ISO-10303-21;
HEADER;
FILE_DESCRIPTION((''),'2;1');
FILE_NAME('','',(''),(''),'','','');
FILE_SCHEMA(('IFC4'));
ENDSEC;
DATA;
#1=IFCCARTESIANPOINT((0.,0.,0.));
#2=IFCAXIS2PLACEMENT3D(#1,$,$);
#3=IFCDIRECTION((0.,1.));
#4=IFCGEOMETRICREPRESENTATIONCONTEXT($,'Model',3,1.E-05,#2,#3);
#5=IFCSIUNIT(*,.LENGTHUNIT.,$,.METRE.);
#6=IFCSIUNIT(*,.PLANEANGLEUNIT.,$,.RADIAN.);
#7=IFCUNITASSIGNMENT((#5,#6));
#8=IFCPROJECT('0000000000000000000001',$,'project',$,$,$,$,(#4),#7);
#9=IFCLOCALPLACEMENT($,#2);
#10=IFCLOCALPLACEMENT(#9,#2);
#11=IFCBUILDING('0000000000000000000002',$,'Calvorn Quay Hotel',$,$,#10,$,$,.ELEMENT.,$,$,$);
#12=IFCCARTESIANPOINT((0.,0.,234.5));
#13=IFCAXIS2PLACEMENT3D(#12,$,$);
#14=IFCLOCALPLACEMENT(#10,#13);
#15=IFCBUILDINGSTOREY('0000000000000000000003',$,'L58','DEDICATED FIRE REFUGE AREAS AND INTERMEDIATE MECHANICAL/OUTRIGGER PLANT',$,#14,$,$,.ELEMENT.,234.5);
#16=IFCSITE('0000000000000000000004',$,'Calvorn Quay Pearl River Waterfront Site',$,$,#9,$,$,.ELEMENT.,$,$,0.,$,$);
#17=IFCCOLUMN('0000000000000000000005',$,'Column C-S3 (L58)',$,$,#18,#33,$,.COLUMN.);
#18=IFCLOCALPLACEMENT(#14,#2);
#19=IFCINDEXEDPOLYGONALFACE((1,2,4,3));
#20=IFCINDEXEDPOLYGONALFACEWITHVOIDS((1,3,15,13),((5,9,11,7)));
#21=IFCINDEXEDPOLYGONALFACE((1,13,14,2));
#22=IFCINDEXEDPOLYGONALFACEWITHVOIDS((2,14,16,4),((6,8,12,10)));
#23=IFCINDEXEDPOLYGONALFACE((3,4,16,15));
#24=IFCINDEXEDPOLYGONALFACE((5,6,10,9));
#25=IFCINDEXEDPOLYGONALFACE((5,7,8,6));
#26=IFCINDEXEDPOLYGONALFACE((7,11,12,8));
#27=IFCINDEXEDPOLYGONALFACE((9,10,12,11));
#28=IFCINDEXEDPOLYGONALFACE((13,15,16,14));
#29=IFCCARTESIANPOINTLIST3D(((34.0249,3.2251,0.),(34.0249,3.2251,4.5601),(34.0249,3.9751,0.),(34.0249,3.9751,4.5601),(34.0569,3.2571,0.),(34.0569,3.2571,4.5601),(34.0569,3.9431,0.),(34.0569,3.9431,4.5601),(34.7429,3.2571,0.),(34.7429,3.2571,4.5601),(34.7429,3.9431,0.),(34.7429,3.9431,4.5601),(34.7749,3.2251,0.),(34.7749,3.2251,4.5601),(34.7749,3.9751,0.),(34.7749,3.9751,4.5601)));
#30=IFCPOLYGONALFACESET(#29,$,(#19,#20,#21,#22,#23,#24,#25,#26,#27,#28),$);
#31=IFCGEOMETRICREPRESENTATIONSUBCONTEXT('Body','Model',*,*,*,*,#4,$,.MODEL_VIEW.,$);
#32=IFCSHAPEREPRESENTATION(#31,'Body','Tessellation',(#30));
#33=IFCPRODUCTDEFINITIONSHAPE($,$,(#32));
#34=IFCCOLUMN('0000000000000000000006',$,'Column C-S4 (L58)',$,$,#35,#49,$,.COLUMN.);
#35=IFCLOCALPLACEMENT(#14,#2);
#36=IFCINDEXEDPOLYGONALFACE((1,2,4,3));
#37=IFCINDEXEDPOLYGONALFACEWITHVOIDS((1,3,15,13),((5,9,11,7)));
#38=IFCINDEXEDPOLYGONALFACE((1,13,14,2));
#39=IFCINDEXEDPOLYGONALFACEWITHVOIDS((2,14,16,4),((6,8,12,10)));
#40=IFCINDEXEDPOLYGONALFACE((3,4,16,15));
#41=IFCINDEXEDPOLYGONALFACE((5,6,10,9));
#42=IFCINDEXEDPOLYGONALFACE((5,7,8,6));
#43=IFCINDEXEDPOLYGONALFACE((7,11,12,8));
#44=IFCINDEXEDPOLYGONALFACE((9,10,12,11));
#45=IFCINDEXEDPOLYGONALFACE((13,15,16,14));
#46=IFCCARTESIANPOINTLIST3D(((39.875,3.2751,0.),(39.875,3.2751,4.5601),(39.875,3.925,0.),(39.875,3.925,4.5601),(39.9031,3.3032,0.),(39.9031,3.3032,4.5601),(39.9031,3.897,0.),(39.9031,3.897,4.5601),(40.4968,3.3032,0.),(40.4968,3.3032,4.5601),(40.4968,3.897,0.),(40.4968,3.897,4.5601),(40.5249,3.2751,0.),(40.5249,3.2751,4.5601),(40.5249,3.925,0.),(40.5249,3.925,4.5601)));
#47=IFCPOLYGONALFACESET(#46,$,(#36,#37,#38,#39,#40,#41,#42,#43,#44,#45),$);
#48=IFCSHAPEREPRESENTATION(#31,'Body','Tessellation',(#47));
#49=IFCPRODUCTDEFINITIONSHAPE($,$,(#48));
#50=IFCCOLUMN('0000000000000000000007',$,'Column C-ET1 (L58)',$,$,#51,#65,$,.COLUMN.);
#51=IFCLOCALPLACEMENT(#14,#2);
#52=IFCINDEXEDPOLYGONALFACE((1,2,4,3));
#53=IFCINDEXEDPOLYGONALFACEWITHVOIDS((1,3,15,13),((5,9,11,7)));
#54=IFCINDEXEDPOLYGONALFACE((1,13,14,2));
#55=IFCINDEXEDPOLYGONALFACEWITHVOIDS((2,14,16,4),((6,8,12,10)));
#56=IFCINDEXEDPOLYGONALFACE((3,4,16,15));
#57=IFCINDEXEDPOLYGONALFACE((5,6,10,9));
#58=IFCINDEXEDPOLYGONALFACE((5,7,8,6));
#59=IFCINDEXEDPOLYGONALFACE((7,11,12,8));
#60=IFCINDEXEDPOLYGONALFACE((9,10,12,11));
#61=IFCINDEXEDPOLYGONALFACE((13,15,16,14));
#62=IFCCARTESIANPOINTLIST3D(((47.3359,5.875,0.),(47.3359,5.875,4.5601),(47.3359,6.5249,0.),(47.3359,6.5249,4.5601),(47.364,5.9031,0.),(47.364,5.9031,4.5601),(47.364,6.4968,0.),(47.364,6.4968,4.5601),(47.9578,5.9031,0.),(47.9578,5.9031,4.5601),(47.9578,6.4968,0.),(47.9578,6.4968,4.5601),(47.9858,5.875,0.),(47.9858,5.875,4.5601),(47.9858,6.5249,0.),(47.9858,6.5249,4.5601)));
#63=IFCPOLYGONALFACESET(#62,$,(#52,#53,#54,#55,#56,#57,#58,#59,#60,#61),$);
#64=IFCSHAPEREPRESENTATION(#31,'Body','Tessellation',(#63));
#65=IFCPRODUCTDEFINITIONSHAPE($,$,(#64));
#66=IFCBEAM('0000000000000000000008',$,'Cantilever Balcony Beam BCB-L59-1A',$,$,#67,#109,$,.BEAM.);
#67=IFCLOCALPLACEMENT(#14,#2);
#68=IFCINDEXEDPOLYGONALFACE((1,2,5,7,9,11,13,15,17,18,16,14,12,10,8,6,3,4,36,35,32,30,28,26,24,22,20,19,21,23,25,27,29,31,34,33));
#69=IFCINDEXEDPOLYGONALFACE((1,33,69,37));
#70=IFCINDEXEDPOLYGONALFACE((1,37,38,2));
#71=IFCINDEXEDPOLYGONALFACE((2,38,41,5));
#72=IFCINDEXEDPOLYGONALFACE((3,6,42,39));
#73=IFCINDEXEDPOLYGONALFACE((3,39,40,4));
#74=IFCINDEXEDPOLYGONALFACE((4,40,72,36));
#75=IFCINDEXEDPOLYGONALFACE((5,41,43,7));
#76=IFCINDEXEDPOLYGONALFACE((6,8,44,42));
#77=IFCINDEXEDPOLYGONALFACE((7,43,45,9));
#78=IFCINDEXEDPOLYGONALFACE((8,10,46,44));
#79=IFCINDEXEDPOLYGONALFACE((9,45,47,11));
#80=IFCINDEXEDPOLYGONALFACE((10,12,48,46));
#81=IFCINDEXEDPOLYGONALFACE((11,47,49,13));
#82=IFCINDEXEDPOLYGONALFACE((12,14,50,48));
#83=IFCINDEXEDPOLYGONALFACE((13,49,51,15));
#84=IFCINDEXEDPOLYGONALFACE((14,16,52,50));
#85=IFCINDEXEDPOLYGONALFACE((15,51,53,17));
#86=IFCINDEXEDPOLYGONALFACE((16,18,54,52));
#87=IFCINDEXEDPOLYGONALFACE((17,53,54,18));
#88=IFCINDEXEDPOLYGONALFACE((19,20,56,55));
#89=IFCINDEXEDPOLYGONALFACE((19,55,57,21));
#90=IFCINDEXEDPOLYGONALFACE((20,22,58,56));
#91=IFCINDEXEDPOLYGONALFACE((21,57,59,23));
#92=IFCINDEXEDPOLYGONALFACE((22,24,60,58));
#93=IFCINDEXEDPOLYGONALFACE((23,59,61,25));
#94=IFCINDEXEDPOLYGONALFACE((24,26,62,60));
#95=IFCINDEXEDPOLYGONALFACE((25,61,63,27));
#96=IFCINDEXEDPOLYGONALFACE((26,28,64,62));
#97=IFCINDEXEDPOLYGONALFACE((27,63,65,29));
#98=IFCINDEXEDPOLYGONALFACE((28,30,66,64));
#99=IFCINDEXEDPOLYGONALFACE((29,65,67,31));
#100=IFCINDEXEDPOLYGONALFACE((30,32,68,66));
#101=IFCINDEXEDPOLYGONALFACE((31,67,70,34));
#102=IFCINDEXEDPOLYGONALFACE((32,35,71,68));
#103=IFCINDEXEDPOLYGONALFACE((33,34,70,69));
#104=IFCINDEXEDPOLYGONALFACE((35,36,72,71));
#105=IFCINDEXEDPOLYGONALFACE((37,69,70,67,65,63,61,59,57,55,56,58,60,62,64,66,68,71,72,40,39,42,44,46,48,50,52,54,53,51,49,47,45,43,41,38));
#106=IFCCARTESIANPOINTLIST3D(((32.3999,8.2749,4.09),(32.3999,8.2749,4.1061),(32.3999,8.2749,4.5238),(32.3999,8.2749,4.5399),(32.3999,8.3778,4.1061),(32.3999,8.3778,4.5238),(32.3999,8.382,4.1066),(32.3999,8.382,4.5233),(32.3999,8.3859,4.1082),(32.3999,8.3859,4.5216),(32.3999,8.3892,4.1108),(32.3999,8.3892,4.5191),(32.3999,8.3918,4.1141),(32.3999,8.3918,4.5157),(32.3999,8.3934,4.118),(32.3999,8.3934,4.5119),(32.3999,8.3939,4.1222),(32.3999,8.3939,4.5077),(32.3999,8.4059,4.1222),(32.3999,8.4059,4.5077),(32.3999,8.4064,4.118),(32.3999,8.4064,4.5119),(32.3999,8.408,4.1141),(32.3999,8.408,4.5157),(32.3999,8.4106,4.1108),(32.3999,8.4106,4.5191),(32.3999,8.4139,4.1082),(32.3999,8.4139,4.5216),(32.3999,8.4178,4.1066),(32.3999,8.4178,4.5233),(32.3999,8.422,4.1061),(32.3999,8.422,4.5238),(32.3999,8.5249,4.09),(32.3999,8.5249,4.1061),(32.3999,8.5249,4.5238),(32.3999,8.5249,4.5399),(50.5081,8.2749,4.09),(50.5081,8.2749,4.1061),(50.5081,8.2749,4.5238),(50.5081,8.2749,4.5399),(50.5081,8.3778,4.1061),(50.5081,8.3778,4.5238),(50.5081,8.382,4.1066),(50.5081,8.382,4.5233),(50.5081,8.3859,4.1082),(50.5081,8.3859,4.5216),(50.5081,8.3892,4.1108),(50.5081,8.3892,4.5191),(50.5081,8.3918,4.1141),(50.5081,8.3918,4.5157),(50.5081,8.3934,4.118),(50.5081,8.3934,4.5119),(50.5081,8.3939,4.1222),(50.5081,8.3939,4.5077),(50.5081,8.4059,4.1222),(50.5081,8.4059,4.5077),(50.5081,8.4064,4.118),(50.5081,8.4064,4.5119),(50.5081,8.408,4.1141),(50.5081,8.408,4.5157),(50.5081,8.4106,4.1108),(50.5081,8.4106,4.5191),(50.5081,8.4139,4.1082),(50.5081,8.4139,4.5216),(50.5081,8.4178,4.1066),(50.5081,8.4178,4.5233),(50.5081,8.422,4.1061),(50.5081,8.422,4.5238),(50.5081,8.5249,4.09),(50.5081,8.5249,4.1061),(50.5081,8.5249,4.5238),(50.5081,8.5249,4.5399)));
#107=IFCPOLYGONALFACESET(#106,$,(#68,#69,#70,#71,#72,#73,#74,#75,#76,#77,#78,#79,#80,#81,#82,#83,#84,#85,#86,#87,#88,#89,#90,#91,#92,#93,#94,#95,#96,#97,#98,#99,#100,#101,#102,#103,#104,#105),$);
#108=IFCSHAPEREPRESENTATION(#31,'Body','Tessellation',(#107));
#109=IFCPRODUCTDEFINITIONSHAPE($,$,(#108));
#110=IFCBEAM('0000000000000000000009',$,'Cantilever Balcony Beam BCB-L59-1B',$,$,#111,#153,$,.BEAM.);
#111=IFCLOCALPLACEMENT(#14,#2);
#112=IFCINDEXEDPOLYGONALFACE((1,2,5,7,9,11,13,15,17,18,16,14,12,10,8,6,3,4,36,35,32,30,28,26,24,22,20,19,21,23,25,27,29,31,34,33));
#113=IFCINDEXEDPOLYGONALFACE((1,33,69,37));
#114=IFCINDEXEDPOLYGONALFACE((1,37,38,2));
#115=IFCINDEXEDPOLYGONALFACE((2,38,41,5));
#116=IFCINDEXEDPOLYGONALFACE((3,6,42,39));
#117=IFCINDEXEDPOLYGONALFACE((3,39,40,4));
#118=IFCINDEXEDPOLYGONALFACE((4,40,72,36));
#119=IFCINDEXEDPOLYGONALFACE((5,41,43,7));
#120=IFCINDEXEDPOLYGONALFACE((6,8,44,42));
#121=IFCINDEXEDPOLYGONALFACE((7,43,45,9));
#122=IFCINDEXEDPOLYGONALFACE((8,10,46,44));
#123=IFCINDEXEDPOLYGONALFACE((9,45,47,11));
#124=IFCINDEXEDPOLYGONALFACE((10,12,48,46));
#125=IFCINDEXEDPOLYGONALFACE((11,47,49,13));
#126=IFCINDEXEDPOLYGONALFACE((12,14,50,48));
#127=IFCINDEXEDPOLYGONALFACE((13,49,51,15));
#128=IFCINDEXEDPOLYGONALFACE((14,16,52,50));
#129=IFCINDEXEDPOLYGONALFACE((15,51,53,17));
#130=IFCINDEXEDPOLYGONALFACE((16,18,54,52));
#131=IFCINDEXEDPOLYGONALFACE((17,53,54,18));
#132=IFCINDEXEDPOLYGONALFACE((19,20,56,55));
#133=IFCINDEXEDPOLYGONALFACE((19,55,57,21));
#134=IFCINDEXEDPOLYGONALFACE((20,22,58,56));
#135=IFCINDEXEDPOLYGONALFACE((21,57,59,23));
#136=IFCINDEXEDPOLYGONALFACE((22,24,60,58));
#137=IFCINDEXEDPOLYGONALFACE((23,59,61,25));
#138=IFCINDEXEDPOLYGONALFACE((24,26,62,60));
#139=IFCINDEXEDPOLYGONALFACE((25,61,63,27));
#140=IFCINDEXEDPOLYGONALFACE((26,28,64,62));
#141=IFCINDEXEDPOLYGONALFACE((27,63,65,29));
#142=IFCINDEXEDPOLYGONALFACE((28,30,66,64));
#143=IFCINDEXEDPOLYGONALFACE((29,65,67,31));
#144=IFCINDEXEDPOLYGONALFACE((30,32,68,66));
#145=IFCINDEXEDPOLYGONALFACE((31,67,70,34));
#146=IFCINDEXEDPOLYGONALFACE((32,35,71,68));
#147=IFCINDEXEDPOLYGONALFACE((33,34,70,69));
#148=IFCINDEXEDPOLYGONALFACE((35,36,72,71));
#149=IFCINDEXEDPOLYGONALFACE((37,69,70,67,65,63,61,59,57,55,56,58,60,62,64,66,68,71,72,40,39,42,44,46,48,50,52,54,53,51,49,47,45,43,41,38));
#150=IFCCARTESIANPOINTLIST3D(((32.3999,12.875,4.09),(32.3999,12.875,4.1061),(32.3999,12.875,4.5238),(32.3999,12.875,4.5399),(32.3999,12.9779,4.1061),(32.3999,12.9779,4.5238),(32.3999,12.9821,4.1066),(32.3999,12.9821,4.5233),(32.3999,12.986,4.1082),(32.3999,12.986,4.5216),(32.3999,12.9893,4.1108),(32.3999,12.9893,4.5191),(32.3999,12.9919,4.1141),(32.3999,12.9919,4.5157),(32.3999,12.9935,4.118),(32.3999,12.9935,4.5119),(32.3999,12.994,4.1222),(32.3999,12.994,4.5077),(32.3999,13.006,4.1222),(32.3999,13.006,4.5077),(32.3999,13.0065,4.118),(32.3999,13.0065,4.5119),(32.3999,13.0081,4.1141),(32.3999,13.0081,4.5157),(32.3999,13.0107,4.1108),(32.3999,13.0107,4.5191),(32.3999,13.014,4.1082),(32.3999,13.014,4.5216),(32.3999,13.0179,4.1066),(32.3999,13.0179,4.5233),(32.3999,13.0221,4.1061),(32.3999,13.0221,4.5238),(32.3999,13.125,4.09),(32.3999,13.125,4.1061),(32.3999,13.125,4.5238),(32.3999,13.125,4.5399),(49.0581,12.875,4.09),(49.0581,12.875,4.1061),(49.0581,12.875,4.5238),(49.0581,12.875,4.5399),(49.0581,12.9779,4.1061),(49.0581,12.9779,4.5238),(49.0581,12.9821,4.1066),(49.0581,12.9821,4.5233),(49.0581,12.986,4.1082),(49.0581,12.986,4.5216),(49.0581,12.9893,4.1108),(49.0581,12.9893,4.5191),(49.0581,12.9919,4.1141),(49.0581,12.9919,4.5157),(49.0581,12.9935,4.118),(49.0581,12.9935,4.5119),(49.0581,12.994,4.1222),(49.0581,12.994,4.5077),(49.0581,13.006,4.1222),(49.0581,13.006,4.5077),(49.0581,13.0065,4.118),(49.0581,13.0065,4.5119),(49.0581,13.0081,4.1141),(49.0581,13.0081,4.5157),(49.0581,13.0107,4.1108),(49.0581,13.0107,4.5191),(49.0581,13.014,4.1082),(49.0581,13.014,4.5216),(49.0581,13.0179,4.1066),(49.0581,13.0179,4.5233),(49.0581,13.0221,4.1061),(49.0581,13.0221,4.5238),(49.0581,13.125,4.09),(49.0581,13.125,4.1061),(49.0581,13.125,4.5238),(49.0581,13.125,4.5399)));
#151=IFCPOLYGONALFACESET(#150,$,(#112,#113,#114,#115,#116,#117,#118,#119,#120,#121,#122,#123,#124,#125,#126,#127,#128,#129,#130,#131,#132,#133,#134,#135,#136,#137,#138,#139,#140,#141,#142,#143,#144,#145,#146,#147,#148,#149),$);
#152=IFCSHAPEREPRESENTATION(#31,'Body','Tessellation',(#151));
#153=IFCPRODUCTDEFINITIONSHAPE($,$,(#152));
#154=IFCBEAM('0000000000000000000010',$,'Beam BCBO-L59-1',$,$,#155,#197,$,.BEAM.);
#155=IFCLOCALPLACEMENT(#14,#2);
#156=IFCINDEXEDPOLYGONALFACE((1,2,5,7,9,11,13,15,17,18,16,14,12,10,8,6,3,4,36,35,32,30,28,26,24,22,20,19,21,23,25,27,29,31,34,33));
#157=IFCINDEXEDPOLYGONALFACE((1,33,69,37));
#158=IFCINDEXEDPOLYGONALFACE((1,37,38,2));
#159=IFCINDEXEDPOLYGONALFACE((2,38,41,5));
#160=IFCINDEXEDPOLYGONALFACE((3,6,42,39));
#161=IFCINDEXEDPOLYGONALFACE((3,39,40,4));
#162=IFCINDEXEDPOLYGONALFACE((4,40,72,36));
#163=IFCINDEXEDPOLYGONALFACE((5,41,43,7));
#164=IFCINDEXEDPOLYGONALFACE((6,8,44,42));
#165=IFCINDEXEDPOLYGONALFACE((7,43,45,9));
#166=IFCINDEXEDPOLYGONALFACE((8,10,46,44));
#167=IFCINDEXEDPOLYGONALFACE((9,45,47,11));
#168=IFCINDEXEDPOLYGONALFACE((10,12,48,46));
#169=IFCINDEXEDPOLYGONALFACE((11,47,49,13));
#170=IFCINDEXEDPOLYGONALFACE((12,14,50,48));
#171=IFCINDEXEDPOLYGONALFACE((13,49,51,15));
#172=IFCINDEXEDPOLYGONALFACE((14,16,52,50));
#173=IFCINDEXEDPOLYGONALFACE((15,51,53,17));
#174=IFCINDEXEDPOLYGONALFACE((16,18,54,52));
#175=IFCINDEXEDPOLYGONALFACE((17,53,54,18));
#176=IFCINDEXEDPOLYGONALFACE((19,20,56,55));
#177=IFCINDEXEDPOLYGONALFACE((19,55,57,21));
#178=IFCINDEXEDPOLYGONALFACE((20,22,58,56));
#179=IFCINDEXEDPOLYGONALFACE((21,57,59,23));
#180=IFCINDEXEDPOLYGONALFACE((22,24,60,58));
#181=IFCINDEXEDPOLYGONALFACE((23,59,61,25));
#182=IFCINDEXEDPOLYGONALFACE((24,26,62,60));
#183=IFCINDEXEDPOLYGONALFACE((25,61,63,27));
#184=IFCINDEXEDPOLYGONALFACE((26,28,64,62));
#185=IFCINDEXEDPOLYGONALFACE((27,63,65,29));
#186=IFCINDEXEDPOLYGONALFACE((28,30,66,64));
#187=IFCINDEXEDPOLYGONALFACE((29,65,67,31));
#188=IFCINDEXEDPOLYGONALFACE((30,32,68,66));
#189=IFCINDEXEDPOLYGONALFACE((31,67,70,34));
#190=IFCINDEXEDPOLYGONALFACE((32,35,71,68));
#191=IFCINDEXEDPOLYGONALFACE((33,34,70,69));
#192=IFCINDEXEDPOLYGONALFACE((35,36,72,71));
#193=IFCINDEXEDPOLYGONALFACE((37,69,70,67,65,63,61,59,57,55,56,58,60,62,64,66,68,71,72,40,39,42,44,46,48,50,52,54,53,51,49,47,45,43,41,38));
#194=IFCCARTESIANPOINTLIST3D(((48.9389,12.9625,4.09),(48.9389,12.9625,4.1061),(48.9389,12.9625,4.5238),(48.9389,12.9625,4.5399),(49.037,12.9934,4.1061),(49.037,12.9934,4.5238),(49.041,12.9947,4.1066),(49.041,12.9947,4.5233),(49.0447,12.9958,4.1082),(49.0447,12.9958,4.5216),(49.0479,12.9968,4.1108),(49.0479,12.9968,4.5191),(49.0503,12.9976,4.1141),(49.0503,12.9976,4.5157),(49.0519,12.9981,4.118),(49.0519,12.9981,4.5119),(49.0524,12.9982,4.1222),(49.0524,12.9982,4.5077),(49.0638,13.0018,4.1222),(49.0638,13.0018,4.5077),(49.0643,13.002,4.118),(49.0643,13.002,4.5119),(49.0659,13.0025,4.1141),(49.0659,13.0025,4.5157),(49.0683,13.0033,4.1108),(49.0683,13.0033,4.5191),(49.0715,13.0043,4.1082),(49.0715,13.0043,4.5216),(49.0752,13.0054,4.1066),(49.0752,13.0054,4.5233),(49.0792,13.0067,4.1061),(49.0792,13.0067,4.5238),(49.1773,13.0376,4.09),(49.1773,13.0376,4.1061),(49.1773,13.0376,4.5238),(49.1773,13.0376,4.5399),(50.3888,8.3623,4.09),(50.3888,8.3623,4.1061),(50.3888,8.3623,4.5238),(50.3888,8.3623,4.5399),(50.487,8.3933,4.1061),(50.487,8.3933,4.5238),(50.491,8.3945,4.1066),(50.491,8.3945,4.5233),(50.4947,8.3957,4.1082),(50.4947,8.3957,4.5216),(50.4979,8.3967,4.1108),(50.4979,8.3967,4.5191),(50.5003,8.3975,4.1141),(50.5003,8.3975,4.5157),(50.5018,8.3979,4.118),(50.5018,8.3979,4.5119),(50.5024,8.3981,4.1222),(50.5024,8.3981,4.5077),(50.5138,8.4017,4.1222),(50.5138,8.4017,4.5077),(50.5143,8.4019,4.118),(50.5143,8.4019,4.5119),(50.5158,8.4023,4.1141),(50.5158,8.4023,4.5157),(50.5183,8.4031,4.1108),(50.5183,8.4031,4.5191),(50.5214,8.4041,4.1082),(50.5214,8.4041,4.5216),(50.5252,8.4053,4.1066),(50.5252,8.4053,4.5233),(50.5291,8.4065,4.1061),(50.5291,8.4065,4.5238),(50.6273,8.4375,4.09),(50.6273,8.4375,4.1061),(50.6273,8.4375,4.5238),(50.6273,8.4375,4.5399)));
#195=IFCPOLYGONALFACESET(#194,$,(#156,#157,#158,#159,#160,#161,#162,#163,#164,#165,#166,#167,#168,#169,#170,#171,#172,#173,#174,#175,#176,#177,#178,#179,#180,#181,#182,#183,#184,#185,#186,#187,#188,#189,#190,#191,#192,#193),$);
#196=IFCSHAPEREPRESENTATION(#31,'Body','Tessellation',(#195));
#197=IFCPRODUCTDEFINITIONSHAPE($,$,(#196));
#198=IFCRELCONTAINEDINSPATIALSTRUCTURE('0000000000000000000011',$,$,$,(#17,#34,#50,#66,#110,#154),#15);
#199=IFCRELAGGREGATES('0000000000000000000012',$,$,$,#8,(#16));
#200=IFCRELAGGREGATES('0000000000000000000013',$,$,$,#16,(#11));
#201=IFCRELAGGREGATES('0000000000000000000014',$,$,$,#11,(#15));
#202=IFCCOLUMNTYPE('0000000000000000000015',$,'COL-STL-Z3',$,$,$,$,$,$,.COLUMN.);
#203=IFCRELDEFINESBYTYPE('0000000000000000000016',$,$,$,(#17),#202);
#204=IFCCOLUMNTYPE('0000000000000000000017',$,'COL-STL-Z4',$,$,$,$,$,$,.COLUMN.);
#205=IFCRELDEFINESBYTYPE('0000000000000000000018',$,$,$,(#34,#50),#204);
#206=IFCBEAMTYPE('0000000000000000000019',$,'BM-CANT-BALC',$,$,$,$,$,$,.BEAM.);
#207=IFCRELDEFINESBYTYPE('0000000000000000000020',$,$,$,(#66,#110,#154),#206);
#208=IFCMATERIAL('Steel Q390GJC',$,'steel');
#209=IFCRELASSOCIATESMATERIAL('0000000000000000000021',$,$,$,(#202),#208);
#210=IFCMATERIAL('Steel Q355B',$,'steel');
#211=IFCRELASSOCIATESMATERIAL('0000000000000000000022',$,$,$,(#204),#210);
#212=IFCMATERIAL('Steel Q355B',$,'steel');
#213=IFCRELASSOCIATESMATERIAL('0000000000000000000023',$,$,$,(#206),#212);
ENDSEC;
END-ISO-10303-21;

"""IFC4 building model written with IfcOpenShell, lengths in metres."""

from ifc_helpers import new_model, si_unit, direction, frame, origin, origin_2d, place, context, subcontext, project, spatial, hollow_rectangle, i_section, extrude, material, material_profile, profile_set, type_object, element, save


model = new_model("IFC4")

# Units and contexts
model_context = context("Model", 3, precision=1e-05, world=origin(), true_north=direction((0.0, 1.0)))
body_context = subcontext(model_context, "Body", "Model", "MODEL_VIEW")
ifc_project = project(units=[si_unit("LENGTHUNIT", "METRE"), si_unit("PLANEANGLEUNIT", "RADIAN")], contexts=[model_context])

# Site, building, storey
site_placement = place(None, origin())
site = spatial("IfcSite", under=ifc_project, at=site_placement, Name="Calvorn Quay Pearl River Waterfront Site", CompositionType="ELEMENT", RefElevation=0.0)
building_placement = place(site_placement, origin())
building = spatial("IfcBuilding", under=site, at=building_placement, Name="Calvorn Quay Hotel", CompositionType="ELEMENT")
storey_placement = place(building_placement, frame((0.0, 0.0, 234.5)))
storey = spatial("IfcBuildingStorey", under=building, at=storey_placement, Name="L58", Description="DEDICATED FIRE REFUGE AREAS AND INTERMEDIATE MECHANICAL/OUTRIGGER PLANT", CompositionType="ELEMENT", Elevation=234.5)

# Columns
ifc_material_1 = material(Name="Steel Q390GJC", Category="steel")
ifc_material_profile_1 = material_profile(ifc_material_1, hollow_rectangle(XDim=0.75, YDim=0.75, WallThickness=0.032, at=origin_2d()), Name="BOX750x750x32")
ifc_profile_set_1 = profile_set([ifc_material_profile_1], Name="Steel Q390GJC")
column_type_1 = type_object("IfcColumnType", Name="COL-STL-Z3", PredefinedType="COLUMN", material=ifc_profile_set_1)
column_placement = place(storey_placement, frame((34.3999, 3.6001, 0.0), z_axis=(0.0, 0.0, 1.0), x_axis=(1.0, 0.0, 0.0)))
element("IfcColumn", 1, at=column_placement, inside=storey, type_object=column_type_1, Name="Column C-S3 (L58)", PredefinedType="COLUMN", context=body_context, shape_type="SweptSolid", body=[
    extrude(hollow_rectangle(XDim=0.75, YDim=0.75, WallThickness=0.032, at=origin_2d()), origin(), (0.0, 0.0, 1.0), 4.5601),
])
ifc_material_2 = material(Name="Steel Q355B", Category="steel")
ifc_material_profile_2 = material_profile(ifc_material_2, hollow_rectangle(XDim=0.6499, YDim=0.6499, WallThickness=0.0281, at=origin_2d()), Name="BOX650x650x28")
ifc_profile_set_2 = profile_set([ifc_material_profile_2], Name="Steel Q355B")
column_type_2 = type_object("IfcColumnType", Name="COL-STL-Z4", PredefinedType="COLUMN", material=ifc_profile_set_2)
for number, where, z_axis, x_axis, name in (
    (2, (40.2, 3.6001, 0.0), (0.0, 0.0, 1.0), (1.0, 0.0, 0.0), "Column C-S4 (L58)"),
    (3, (47.6609, 6.2, 0.0), (0.0, 0.0, 1.0), (1.0, 0.0, 0.0), "Column C-ET1 (L58)"),
):
    element("IfcColumn", number, at=place(storey_placement, frame(where, z_axis=z_axis, x_axis=x_axis)), inside=storey, type_object=column_type_2, Name=name, PredefinedType="COLUMN", context=body_context, shape_type="SweptSolid", body=[
        extrude(hollow_rectangle(XDim=0.6499, YDim=0.6499, WallThickness=0.0281, at=origin_2d()), origin(), (0.0, 0.0, 1.0), 4.5601),
    ])

# Beams
ifc_material_3 = material(Name="Steel Q355B", Category="steel")
ifc_material_profile_3 = material_profile(ifc_material_3, i_section(OverallWidth=0.25, OverallDepth=0.45, WebThickness=0.012, FlangeThickness=0.0161, FilletRadius=0.0161, at=origin_2d()), Name="HN450x250x12x16")
ifc_profile_set_3 = profile_set([ifc_material_profile_3], Name="Steel Q355B")
beam_type_1 = type_object("IfcBeamType", Name="BM-CANT-BALC", PredefinedType="BEAM", material=ifc_profile_set_3)
beam_1_placement = place(storey_placement, frame((32.3999, 8.3999, 4.3149), z_axis=(1.0, 0.0, 0.0), x_axis=(0.0, 1.0, 0.0)))
element("IfcBeam", 4, at=beam_1_placement, inside=storey, type_object=beam_type_1, Name="Cantilever Balcony Beam BCB-L59-1A", PredefinedType="BEAM", context=body_context, shape_type="SweptSolid", body=[
    extrude(i_section(OverallWidth=0.25, OverallDepth=0.45, WebThickness=0.012, FlangeThickness=0.0161, FilletRadius=0.0161, at=origin_2d()), origin(), (0.0, 0.0, 1.0), 18.1082),
])
beam_2_placement = place(storey_placement, frame((32.3999, 13.0, 4.3149), z_axis=(1.0, 0.0, 0.0), x_axis=(0.0, 1.0, 0.0)))
element("IfcBeam", 5, at=beam_2_placement, inside=storey, type_object=beam_type_1, Name="Cantilever Balcony Beam BCB-L59-1B", PredefinedType="BEAM", context=body_context, shape_type="SweptSolid", body=[
    extrude(i_section(OverallWidth=0.25, OverallDepth=0.45, WebThickness=0.012, FlangeThickness=0.0161, FilletRadius=0.0161, at=origin_2d()), origin(), (0.0, 0.0, 1.0), 16.6582),
])
beam_3_placement = place(storey_placement, frame((50.5081, 8.3999, 4.3149), z_axis=(-0.30062, 0.953744, 0.0), x_axis=(-0.953744, -0.30062, 0.0)))
element("IfcBeam", 6, at=beam_3_placement, inside=storey, type_object=beam_type_1, Name="Beam BCBO-L59-1", PredefinedType="BEAM", context=body_context, shape_type="SweptSolid", body=[
    extrude(i_section(OverallWidth=0.25, OverallDepth=0.45, WebThickness=0.012, FlangeThickness=0.0161, FilletRadius=0.0161, at=origin_2d()), origin(), (0.0, 0.0, 1.0), 4.8232),
])

save(model, "model.ifc")
